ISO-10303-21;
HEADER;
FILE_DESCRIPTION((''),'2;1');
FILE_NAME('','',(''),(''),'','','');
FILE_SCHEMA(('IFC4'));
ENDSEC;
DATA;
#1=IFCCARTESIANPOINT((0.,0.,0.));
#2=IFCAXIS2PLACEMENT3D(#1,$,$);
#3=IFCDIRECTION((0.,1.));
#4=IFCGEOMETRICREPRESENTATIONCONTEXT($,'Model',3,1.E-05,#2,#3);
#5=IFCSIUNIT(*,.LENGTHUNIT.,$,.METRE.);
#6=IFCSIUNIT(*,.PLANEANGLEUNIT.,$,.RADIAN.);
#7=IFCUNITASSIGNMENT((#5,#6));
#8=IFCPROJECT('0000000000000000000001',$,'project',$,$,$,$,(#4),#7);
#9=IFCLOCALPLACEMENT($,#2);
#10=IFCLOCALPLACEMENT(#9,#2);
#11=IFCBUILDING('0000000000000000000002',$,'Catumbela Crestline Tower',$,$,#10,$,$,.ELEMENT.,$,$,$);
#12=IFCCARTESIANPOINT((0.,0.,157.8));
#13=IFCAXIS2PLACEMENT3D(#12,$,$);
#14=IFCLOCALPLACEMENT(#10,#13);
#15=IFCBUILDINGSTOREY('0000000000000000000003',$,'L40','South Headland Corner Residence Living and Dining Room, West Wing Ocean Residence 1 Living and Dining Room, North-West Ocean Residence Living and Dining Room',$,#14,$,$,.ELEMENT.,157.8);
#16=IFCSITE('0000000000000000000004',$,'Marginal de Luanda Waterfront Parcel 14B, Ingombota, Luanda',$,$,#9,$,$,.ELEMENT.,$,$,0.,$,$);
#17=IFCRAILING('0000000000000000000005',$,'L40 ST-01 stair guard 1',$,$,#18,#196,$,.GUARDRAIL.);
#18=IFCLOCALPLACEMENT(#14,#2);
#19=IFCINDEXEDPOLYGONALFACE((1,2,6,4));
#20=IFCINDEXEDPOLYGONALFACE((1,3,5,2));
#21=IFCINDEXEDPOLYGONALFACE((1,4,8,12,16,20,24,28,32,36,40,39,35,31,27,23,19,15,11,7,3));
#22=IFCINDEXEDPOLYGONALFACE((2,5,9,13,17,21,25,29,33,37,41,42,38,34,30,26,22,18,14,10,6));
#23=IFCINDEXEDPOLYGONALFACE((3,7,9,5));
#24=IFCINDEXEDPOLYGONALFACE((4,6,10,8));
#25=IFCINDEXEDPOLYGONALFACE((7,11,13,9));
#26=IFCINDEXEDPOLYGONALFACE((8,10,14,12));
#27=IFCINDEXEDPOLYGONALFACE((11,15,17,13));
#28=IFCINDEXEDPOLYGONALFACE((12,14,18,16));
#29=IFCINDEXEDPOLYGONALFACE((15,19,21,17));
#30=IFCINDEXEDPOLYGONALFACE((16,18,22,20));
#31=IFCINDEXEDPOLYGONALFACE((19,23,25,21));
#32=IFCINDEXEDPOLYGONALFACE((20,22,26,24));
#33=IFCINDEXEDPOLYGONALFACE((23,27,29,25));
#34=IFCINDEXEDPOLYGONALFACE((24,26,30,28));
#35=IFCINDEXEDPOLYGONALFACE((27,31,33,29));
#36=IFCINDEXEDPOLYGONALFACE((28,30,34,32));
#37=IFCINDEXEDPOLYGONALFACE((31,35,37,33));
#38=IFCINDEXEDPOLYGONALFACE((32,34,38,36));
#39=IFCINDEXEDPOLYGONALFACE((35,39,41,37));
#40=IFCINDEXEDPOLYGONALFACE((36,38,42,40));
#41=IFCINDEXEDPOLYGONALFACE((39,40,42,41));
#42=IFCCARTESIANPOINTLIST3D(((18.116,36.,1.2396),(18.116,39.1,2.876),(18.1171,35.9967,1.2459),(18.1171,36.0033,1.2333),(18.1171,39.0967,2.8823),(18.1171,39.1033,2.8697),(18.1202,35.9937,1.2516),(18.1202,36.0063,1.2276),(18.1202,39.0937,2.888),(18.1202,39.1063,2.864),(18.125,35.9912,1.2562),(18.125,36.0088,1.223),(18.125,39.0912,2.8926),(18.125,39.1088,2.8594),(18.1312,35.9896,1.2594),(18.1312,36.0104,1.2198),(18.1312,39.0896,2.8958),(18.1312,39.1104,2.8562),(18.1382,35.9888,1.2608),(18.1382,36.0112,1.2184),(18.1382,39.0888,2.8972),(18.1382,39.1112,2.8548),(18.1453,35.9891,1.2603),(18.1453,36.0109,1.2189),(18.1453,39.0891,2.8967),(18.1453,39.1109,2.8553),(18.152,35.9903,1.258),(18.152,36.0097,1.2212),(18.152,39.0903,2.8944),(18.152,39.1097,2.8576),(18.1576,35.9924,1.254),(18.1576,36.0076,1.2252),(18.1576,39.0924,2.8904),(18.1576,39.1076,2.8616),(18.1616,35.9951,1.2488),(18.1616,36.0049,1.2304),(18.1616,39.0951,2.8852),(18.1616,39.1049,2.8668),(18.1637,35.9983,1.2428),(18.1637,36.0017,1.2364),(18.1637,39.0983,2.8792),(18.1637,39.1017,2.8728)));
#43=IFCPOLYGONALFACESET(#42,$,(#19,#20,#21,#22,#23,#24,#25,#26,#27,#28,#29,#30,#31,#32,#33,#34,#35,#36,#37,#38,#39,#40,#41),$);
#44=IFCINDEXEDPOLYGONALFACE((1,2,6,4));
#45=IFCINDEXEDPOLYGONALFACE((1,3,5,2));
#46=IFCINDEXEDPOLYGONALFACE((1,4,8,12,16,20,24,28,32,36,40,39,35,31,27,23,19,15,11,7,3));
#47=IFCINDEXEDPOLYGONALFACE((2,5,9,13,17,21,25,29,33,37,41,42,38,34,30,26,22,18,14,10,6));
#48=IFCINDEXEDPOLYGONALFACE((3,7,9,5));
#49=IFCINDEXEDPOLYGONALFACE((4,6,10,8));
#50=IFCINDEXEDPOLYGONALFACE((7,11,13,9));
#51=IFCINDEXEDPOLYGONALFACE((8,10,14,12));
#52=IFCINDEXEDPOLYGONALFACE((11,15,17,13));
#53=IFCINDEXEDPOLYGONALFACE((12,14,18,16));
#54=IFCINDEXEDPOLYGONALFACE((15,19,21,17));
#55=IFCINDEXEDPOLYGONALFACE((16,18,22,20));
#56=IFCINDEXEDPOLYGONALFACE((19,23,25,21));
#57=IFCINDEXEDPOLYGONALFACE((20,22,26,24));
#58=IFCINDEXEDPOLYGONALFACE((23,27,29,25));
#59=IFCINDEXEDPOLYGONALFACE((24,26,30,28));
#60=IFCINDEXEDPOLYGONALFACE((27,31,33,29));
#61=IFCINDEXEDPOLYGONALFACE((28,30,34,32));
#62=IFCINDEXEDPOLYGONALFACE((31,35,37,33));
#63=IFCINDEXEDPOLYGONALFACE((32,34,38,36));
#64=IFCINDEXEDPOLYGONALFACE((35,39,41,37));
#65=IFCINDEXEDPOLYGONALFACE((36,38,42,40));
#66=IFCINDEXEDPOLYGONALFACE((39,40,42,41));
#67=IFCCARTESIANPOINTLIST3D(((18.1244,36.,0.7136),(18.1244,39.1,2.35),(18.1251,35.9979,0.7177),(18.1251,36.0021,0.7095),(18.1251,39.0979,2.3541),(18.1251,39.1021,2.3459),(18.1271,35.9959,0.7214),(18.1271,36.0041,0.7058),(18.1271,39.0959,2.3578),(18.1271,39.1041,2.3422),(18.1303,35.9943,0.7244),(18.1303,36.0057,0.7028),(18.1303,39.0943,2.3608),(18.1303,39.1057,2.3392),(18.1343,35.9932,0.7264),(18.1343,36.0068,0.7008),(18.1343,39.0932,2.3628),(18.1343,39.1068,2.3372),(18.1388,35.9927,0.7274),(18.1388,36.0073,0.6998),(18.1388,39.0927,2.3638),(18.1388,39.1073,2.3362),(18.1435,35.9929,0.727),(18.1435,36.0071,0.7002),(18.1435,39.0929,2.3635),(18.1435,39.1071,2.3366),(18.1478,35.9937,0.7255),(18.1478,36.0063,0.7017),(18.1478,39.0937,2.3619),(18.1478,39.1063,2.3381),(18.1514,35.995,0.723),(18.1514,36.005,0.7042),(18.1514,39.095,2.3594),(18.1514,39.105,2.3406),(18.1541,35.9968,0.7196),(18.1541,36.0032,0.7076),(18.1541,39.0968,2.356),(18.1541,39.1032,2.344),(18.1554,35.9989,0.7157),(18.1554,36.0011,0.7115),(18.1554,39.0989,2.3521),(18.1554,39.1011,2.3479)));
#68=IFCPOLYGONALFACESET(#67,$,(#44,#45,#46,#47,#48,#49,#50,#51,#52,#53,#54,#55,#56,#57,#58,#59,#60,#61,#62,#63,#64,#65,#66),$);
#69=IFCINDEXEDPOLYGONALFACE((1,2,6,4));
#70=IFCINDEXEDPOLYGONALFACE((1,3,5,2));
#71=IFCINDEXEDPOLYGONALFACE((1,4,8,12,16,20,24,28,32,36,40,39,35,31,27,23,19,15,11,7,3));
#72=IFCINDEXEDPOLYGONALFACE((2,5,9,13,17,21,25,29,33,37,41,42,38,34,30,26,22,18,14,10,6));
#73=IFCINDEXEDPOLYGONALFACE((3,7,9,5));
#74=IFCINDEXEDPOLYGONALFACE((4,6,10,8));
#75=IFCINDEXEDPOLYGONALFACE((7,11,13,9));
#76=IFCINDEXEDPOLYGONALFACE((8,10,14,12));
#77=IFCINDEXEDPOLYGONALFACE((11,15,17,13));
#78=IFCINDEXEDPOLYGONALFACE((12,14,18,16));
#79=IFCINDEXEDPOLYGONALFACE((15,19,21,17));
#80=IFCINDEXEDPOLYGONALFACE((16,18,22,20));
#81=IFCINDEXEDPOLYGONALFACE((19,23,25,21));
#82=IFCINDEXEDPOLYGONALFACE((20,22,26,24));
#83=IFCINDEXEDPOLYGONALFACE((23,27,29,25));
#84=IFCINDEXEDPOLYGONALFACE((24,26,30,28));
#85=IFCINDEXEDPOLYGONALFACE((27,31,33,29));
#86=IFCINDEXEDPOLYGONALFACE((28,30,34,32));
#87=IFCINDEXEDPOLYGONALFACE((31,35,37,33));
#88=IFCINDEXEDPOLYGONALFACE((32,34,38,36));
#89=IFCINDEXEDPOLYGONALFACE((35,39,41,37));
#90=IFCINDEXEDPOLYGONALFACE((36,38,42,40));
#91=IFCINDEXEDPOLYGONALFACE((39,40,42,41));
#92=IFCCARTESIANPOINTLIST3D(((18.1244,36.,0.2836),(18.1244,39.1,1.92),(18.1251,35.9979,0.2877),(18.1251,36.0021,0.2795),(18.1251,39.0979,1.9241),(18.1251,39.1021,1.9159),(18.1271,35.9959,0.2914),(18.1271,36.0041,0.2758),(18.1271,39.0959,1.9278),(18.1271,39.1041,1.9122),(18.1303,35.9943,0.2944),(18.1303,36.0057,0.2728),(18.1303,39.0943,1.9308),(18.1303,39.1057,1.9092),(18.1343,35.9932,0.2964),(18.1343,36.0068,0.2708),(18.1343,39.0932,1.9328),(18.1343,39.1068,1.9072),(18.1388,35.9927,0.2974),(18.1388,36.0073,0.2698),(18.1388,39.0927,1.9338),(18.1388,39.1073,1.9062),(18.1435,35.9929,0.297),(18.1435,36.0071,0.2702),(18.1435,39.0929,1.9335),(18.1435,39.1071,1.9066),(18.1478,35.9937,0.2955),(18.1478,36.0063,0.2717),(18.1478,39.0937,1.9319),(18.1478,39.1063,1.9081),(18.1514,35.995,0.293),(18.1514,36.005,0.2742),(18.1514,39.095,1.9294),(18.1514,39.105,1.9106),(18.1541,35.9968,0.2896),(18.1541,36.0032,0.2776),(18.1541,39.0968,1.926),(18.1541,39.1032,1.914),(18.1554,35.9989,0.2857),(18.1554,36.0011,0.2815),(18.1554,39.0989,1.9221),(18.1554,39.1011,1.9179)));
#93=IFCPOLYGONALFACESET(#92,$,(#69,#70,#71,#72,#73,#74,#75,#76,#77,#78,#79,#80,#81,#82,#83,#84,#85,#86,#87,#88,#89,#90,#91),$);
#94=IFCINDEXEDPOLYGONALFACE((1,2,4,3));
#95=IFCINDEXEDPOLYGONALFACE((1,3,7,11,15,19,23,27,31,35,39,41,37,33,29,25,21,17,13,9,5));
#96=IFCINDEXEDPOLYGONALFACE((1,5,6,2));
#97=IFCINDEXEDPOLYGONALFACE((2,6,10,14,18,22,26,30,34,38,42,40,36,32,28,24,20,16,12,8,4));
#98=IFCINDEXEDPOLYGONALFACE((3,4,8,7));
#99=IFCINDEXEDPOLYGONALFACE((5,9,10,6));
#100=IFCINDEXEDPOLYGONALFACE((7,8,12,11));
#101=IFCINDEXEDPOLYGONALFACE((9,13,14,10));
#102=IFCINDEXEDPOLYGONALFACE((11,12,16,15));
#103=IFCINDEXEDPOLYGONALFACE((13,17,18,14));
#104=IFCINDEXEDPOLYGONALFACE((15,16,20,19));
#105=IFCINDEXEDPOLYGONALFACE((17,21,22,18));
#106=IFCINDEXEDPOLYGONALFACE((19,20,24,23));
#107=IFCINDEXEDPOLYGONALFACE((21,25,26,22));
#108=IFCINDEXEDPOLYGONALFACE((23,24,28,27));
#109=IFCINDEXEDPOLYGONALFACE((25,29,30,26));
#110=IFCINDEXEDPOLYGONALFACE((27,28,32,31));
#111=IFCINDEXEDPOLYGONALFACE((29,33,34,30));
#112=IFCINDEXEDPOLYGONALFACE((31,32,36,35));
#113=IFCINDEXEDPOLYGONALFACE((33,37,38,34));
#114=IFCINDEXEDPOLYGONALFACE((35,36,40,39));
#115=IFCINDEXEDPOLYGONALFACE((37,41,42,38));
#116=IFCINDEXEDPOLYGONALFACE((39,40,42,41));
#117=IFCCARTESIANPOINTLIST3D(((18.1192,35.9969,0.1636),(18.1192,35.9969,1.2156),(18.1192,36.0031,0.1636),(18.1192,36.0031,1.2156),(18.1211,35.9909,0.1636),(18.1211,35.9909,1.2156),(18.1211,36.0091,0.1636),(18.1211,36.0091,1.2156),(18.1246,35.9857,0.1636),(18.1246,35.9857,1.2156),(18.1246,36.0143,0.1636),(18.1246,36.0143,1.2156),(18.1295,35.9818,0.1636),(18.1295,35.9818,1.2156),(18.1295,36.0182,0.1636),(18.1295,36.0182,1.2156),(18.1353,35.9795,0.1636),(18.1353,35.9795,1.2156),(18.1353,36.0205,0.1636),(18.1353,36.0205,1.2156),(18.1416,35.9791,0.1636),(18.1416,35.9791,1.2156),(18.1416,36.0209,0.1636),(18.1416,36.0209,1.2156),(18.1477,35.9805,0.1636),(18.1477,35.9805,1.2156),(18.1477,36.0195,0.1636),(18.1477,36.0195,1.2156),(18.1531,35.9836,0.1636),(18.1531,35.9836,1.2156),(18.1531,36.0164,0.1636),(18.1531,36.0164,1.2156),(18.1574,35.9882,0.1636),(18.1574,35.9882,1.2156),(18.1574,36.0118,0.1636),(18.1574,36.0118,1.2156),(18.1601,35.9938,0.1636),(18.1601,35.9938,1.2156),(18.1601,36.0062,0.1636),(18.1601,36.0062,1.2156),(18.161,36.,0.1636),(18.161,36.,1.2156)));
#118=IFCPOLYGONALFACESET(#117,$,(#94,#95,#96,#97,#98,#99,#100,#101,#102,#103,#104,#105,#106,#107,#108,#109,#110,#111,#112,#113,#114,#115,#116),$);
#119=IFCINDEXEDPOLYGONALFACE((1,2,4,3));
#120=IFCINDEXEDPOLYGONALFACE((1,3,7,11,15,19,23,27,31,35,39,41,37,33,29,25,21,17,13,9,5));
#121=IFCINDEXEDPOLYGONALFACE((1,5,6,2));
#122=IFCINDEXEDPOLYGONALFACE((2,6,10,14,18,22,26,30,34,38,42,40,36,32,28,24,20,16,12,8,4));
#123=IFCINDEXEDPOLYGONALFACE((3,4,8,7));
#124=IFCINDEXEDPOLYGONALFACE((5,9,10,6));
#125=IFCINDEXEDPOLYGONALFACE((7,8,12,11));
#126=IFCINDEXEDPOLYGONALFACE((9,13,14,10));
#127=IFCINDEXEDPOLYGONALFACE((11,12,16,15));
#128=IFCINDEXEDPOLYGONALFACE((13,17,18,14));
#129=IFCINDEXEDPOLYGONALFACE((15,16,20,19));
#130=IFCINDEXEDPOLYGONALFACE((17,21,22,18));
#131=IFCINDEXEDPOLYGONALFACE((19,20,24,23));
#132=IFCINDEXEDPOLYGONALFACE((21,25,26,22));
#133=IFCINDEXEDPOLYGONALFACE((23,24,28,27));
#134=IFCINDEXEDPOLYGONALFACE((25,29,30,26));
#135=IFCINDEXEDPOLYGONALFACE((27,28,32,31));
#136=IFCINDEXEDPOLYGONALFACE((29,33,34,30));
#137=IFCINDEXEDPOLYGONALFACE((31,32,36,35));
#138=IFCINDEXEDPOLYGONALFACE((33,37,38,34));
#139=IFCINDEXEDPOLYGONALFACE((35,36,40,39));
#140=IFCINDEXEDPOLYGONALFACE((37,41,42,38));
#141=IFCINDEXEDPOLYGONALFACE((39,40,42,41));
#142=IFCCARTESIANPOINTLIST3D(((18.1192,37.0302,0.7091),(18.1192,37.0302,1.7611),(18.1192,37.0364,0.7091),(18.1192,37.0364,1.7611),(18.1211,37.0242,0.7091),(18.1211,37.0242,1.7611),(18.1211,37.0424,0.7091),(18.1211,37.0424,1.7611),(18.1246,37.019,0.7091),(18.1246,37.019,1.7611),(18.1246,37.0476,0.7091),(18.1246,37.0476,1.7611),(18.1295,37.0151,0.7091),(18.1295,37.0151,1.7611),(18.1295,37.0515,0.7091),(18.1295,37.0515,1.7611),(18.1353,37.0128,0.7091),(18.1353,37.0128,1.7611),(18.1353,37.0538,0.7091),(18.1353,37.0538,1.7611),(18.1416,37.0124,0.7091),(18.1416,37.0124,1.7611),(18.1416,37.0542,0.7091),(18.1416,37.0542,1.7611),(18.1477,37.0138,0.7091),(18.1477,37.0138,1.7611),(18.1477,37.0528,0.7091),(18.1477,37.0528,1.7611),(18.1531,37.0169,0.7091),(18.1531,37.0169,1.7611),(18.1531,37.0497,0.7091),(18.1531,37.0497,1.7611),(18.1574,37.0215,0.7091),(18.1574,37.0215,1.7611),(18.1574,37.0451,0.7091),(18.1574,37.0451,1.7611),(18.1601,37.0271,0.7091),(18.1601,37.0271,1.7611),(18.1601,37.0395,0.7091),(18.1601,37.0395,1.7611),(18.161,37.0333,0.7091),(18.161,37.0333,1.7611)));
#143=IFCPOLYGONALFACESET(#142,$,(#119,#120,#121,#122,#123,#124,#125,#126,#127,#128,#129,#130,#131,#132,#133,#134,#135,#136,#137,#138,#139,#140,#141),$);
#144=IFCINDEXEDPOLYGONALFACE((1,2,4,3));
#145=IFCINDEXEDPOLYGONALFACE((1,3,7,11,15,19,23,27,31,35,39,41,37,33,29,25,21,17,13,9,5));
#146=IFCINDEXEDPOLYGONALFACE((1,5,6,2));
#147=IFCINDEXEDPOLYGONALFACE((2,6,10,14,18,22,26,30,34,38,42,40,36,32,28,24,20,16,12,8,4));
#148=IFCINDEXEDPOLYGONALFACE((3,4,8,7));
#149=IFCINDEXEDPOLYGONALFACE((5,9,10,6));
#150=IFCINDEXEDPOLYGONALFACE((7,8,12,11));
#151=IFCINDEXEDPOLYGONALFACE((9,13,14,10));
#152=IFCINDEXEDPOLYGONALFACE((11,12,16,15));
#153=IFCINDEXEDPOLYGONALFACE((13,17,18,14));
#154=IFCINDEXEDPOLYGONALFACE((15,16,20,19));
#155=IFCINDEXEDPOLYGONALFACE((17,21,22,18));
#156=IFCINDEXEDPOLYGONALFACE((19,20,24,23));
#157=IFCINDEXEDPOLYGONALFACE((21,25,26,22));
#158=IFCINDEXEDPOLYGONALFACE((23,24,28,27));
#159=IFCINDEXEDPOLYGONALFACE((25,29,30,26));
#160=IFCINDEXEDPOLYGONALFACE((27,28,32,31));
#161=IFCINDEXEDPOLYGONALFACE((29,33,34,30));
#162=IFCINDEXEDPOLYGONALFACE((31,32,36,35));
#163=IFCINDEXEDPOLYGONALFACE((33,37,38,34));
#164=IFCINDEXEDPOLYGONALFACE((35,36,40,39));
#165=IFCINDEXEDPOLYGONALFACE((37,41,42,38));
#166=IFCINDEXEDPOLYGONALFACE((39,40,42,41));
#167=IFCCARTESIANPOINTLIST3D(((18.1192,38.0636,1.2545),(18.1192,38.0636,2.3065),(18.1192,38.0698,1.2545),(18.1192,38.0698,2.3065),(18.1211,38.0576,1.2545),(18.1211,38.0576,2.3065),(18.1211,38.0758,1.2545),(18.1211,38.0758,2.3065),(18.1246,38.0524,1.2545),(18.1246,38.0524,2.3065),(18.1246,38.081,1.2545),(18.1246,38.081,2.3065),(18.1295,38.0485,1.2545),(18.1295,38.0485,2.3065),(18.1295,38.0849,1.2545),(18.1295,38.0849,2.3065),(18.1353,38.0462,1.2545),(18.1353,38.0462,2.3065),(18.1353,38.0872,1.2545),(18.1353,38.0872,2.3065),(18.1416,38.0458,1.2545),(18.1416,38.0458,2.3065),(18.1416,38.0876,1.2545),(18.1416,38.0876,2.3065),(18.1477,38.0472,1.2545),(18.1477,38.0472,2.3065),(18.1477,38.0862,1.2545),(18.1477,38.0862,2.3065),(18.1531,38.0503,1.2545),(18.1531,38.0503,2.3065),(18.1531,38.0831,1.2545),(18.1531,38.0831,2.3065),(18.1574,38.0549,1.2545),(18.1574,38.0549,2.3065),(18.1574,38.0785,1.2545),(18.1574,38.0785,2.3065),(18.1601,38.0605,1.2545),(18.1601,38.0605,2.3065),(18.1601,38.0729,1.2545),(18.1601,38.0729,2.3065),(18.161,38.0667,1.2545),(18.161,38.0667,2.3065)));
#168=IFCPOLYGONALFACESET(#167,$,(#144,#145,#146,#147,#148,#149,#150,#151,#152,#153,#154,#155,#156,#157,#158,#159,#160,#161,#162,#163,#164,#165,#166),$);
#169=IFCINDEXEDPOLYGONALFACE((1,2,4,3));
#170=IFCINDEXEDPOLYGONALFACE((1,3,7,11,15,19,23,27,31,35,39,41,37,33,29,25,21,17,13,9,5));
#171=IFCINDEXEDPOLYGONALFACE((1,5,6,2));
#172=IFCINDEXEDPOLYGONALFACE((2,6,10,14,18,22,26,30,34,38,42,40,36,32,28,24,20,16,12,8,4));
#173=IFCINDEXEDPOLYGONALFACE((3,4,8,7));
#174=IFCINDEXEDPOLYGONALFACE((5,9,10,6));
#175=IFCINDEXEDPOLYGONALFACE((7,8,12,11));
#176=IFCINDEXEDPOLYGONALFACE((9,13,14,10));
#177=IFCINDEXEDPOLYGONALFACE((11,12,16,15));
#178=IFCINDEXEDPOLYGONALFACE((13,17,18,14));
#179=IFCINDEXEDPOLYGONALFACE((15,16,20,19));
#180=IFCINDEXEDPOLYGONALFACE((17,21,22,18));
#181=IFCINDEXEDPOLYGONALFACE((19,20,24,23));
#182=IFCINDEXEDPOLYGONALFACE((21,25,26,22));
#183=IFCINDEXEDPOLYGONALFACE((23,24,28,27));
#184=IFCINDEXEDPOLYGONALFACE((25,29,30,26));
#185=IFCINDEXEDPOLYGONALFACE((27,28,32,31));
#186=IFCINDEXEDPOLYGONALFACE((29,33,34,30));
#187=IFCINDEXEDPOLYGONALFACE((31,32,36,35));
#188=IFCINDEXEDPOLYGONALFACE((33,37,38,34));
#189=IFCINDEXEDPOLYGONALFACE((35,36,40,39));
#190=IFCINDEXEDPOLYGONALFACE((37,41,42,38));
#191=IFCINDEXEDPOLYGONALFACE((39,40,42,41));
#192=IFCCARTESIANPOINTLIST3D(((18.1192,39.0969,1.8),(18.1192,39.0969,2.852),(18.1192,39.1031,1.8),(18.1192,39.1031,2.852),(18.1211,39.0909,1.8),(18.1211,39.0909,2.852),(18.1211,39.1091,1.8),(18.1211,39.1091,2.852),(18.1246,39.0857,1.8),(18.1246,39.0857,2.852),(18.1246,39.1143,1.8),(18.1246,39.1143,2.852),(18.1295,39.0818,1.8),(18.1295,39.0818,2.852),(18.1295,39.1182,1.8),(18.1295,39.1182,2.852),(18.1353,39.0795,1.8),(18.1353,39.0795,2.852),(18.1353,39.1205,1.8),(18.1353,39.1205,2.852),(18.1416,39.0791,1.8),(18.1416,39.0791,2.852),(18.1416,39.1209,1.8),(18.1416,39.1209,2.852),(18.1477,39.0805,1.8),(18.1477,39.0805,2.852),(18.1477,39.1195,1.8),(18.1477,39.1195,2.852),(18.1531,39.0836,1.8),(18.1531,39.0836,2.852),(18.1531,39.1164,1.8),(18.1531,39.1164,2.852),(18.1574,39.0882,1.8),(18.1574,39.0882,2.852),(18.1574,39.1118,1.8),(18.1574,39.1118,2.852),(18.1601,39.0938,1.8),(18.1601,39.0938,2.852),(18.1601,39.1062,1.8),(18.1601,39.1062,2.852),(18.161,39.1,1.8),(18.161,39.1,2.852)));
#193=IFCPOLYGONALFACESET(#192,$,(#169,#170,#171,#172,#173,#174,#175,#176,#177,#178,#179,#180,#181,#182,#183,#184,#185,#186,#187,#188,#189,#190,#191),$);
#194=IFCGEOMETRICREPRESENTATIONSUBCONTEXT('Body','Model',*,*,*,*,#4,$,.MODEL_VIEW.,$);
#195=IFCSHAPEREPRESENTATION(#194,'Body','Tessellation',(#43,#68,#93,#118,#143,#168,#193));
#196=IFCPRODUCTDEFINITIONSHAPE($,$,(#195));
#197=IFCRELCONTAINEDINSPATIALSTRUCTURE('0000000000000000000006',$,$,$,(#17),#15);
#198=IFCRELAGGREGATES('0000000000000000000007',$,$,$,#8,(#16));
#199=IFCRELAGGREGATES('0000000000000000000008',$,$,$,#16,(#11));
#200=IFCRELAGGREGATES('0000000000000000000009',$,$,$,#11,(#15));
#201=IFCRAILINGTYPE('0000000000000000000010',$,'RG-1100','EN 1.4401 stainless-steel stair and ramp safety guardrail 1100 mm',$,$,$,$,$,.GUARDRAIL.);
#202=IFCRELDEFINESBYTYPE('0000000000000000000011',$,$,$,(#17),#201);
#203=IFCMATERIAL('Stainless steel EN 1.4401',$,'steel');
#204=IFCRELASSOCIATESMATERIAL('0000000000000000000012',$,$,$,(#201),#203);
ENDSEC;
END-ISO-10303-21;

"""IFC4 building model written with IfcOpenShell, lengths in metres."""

from ifc_helpers import new_model, si_unit, direction, frame, origin, origin_2d, place, context, subcontext, project, spatial, circle, extrude, material, type_object, element, save


model = new_model("IFC4")

# Units and contexts
model_context = context("Model", 3, precision=1e-05, world=origin(), true_north=direction((0.0, 1.0)))
body_context = subcontext(model_context, "Body", "Model", "MODEL_VIEW")
ifc_project = project(units=[si_unit("LENGTHUNIT", "METRE"), si_unit("PLANEANGLEUNIT", "RADIAN")], contexts=[model_context])

# Site, building, storey
site_placement = place(None, origin())
site = spatial("IfcSite", under=ifc_project, at=site_placement, Name="Marginal de Luanda Waterfront Parcel 14B, Ingombota, Luanda", CompositionType="ELEMENT", RefElevation=0.0)
building_placement = place(site_placement, origin())
building = spatial("IfcBuilding", under=site, at=building_placement, Name="Catumbela Crestline Tower", CompositionType="ELEMENT")
storey_placement = place(building_placement, frame((0.0, 0.0, 157.8)))
storey = spatial("IfcBuildingStorey", under=building, at=storey_placement, Name="L40", Description="South Headland Corner Residence Living and Dining Room, West Wing Ocean Residence 1 Living and Dining Room, North-West Ocean Residence Living and Dining Room", CompositionType="ELEMENT", Elevation=157.8)

# Shared definitions
ifc_material_1 = material(Name="Stainless steel EN 1.4401", Category="steel")

# Railing
railing_type_1 = type_object("IfcRailingType", Name="RG-1100", Description="EN 1.4401 stainless-steel stair and ramp safety guardrail 1100 mm", PredefinedType="GUARDRAIL", material=ifc_material_1)
railing_1_placement = place(storey_placement, frame((18.14, 36.0, 0.1636)))
element("IfcRailing", 1, at=railing_1_placement, inside=storey, type_object=railing_type_1, Name="L40 ST-01 stair guard 1", PredefinedType="GUARDRAIL", context=body_context, shape_type="SweptSolid", body=[
    extrude(circle(Radius=0.024, at=origin_2d()), frame((0.0, 0.0, 1.076), z_axis=(0.0, 0.884351, 0.466823), x_axis=(-1.0, 0.0, 0.0)), (0.0, 0.0, 1.0), 3.5054),
    extrude(circle(Radius=0.0156, at=origin_2d()), frame((0.0, 0.0, 0.55), z_axis=(0.0, 0.884351, 0.466823), x_axis=(-1.0, 0.0, 0.0)), (0.0, 0.0, 1.0), 3.5054),
    extrude(circle(Radius=0.0156, at=origin_2d()), frame((0.0, 0.0, 0.12), z_axis=(0.0, 0.884351, 0.466823), x_axis=(-1.0, 0.0, 0.0)), (0.0, 0.0, 1.0), 3.5054),
    extrude(circle(Radius=0.021, at=origin_2d()), origin(), (0.0, 0.0, 1.0), 1.052),
    extrude(circle(Radius=0.021, at=origin_2d()), frame((0.0, 1.0333, 0.5455)), (0.0, 0.0, 1.0), 1.052),
    extrude(circle(Radius=0.021, at=origin_2d()), frame((0.0, 2.0667, 1.0909)), (0.0, 0.0, 1.0), 1.052),
    extrude(circle(Radius=0.021, at=origin_2d()), frame((0.0, 3.1, 1.6364)), (0.0, 0.0, 1.0), 1.052),
])

save(model, "model.ifc")
